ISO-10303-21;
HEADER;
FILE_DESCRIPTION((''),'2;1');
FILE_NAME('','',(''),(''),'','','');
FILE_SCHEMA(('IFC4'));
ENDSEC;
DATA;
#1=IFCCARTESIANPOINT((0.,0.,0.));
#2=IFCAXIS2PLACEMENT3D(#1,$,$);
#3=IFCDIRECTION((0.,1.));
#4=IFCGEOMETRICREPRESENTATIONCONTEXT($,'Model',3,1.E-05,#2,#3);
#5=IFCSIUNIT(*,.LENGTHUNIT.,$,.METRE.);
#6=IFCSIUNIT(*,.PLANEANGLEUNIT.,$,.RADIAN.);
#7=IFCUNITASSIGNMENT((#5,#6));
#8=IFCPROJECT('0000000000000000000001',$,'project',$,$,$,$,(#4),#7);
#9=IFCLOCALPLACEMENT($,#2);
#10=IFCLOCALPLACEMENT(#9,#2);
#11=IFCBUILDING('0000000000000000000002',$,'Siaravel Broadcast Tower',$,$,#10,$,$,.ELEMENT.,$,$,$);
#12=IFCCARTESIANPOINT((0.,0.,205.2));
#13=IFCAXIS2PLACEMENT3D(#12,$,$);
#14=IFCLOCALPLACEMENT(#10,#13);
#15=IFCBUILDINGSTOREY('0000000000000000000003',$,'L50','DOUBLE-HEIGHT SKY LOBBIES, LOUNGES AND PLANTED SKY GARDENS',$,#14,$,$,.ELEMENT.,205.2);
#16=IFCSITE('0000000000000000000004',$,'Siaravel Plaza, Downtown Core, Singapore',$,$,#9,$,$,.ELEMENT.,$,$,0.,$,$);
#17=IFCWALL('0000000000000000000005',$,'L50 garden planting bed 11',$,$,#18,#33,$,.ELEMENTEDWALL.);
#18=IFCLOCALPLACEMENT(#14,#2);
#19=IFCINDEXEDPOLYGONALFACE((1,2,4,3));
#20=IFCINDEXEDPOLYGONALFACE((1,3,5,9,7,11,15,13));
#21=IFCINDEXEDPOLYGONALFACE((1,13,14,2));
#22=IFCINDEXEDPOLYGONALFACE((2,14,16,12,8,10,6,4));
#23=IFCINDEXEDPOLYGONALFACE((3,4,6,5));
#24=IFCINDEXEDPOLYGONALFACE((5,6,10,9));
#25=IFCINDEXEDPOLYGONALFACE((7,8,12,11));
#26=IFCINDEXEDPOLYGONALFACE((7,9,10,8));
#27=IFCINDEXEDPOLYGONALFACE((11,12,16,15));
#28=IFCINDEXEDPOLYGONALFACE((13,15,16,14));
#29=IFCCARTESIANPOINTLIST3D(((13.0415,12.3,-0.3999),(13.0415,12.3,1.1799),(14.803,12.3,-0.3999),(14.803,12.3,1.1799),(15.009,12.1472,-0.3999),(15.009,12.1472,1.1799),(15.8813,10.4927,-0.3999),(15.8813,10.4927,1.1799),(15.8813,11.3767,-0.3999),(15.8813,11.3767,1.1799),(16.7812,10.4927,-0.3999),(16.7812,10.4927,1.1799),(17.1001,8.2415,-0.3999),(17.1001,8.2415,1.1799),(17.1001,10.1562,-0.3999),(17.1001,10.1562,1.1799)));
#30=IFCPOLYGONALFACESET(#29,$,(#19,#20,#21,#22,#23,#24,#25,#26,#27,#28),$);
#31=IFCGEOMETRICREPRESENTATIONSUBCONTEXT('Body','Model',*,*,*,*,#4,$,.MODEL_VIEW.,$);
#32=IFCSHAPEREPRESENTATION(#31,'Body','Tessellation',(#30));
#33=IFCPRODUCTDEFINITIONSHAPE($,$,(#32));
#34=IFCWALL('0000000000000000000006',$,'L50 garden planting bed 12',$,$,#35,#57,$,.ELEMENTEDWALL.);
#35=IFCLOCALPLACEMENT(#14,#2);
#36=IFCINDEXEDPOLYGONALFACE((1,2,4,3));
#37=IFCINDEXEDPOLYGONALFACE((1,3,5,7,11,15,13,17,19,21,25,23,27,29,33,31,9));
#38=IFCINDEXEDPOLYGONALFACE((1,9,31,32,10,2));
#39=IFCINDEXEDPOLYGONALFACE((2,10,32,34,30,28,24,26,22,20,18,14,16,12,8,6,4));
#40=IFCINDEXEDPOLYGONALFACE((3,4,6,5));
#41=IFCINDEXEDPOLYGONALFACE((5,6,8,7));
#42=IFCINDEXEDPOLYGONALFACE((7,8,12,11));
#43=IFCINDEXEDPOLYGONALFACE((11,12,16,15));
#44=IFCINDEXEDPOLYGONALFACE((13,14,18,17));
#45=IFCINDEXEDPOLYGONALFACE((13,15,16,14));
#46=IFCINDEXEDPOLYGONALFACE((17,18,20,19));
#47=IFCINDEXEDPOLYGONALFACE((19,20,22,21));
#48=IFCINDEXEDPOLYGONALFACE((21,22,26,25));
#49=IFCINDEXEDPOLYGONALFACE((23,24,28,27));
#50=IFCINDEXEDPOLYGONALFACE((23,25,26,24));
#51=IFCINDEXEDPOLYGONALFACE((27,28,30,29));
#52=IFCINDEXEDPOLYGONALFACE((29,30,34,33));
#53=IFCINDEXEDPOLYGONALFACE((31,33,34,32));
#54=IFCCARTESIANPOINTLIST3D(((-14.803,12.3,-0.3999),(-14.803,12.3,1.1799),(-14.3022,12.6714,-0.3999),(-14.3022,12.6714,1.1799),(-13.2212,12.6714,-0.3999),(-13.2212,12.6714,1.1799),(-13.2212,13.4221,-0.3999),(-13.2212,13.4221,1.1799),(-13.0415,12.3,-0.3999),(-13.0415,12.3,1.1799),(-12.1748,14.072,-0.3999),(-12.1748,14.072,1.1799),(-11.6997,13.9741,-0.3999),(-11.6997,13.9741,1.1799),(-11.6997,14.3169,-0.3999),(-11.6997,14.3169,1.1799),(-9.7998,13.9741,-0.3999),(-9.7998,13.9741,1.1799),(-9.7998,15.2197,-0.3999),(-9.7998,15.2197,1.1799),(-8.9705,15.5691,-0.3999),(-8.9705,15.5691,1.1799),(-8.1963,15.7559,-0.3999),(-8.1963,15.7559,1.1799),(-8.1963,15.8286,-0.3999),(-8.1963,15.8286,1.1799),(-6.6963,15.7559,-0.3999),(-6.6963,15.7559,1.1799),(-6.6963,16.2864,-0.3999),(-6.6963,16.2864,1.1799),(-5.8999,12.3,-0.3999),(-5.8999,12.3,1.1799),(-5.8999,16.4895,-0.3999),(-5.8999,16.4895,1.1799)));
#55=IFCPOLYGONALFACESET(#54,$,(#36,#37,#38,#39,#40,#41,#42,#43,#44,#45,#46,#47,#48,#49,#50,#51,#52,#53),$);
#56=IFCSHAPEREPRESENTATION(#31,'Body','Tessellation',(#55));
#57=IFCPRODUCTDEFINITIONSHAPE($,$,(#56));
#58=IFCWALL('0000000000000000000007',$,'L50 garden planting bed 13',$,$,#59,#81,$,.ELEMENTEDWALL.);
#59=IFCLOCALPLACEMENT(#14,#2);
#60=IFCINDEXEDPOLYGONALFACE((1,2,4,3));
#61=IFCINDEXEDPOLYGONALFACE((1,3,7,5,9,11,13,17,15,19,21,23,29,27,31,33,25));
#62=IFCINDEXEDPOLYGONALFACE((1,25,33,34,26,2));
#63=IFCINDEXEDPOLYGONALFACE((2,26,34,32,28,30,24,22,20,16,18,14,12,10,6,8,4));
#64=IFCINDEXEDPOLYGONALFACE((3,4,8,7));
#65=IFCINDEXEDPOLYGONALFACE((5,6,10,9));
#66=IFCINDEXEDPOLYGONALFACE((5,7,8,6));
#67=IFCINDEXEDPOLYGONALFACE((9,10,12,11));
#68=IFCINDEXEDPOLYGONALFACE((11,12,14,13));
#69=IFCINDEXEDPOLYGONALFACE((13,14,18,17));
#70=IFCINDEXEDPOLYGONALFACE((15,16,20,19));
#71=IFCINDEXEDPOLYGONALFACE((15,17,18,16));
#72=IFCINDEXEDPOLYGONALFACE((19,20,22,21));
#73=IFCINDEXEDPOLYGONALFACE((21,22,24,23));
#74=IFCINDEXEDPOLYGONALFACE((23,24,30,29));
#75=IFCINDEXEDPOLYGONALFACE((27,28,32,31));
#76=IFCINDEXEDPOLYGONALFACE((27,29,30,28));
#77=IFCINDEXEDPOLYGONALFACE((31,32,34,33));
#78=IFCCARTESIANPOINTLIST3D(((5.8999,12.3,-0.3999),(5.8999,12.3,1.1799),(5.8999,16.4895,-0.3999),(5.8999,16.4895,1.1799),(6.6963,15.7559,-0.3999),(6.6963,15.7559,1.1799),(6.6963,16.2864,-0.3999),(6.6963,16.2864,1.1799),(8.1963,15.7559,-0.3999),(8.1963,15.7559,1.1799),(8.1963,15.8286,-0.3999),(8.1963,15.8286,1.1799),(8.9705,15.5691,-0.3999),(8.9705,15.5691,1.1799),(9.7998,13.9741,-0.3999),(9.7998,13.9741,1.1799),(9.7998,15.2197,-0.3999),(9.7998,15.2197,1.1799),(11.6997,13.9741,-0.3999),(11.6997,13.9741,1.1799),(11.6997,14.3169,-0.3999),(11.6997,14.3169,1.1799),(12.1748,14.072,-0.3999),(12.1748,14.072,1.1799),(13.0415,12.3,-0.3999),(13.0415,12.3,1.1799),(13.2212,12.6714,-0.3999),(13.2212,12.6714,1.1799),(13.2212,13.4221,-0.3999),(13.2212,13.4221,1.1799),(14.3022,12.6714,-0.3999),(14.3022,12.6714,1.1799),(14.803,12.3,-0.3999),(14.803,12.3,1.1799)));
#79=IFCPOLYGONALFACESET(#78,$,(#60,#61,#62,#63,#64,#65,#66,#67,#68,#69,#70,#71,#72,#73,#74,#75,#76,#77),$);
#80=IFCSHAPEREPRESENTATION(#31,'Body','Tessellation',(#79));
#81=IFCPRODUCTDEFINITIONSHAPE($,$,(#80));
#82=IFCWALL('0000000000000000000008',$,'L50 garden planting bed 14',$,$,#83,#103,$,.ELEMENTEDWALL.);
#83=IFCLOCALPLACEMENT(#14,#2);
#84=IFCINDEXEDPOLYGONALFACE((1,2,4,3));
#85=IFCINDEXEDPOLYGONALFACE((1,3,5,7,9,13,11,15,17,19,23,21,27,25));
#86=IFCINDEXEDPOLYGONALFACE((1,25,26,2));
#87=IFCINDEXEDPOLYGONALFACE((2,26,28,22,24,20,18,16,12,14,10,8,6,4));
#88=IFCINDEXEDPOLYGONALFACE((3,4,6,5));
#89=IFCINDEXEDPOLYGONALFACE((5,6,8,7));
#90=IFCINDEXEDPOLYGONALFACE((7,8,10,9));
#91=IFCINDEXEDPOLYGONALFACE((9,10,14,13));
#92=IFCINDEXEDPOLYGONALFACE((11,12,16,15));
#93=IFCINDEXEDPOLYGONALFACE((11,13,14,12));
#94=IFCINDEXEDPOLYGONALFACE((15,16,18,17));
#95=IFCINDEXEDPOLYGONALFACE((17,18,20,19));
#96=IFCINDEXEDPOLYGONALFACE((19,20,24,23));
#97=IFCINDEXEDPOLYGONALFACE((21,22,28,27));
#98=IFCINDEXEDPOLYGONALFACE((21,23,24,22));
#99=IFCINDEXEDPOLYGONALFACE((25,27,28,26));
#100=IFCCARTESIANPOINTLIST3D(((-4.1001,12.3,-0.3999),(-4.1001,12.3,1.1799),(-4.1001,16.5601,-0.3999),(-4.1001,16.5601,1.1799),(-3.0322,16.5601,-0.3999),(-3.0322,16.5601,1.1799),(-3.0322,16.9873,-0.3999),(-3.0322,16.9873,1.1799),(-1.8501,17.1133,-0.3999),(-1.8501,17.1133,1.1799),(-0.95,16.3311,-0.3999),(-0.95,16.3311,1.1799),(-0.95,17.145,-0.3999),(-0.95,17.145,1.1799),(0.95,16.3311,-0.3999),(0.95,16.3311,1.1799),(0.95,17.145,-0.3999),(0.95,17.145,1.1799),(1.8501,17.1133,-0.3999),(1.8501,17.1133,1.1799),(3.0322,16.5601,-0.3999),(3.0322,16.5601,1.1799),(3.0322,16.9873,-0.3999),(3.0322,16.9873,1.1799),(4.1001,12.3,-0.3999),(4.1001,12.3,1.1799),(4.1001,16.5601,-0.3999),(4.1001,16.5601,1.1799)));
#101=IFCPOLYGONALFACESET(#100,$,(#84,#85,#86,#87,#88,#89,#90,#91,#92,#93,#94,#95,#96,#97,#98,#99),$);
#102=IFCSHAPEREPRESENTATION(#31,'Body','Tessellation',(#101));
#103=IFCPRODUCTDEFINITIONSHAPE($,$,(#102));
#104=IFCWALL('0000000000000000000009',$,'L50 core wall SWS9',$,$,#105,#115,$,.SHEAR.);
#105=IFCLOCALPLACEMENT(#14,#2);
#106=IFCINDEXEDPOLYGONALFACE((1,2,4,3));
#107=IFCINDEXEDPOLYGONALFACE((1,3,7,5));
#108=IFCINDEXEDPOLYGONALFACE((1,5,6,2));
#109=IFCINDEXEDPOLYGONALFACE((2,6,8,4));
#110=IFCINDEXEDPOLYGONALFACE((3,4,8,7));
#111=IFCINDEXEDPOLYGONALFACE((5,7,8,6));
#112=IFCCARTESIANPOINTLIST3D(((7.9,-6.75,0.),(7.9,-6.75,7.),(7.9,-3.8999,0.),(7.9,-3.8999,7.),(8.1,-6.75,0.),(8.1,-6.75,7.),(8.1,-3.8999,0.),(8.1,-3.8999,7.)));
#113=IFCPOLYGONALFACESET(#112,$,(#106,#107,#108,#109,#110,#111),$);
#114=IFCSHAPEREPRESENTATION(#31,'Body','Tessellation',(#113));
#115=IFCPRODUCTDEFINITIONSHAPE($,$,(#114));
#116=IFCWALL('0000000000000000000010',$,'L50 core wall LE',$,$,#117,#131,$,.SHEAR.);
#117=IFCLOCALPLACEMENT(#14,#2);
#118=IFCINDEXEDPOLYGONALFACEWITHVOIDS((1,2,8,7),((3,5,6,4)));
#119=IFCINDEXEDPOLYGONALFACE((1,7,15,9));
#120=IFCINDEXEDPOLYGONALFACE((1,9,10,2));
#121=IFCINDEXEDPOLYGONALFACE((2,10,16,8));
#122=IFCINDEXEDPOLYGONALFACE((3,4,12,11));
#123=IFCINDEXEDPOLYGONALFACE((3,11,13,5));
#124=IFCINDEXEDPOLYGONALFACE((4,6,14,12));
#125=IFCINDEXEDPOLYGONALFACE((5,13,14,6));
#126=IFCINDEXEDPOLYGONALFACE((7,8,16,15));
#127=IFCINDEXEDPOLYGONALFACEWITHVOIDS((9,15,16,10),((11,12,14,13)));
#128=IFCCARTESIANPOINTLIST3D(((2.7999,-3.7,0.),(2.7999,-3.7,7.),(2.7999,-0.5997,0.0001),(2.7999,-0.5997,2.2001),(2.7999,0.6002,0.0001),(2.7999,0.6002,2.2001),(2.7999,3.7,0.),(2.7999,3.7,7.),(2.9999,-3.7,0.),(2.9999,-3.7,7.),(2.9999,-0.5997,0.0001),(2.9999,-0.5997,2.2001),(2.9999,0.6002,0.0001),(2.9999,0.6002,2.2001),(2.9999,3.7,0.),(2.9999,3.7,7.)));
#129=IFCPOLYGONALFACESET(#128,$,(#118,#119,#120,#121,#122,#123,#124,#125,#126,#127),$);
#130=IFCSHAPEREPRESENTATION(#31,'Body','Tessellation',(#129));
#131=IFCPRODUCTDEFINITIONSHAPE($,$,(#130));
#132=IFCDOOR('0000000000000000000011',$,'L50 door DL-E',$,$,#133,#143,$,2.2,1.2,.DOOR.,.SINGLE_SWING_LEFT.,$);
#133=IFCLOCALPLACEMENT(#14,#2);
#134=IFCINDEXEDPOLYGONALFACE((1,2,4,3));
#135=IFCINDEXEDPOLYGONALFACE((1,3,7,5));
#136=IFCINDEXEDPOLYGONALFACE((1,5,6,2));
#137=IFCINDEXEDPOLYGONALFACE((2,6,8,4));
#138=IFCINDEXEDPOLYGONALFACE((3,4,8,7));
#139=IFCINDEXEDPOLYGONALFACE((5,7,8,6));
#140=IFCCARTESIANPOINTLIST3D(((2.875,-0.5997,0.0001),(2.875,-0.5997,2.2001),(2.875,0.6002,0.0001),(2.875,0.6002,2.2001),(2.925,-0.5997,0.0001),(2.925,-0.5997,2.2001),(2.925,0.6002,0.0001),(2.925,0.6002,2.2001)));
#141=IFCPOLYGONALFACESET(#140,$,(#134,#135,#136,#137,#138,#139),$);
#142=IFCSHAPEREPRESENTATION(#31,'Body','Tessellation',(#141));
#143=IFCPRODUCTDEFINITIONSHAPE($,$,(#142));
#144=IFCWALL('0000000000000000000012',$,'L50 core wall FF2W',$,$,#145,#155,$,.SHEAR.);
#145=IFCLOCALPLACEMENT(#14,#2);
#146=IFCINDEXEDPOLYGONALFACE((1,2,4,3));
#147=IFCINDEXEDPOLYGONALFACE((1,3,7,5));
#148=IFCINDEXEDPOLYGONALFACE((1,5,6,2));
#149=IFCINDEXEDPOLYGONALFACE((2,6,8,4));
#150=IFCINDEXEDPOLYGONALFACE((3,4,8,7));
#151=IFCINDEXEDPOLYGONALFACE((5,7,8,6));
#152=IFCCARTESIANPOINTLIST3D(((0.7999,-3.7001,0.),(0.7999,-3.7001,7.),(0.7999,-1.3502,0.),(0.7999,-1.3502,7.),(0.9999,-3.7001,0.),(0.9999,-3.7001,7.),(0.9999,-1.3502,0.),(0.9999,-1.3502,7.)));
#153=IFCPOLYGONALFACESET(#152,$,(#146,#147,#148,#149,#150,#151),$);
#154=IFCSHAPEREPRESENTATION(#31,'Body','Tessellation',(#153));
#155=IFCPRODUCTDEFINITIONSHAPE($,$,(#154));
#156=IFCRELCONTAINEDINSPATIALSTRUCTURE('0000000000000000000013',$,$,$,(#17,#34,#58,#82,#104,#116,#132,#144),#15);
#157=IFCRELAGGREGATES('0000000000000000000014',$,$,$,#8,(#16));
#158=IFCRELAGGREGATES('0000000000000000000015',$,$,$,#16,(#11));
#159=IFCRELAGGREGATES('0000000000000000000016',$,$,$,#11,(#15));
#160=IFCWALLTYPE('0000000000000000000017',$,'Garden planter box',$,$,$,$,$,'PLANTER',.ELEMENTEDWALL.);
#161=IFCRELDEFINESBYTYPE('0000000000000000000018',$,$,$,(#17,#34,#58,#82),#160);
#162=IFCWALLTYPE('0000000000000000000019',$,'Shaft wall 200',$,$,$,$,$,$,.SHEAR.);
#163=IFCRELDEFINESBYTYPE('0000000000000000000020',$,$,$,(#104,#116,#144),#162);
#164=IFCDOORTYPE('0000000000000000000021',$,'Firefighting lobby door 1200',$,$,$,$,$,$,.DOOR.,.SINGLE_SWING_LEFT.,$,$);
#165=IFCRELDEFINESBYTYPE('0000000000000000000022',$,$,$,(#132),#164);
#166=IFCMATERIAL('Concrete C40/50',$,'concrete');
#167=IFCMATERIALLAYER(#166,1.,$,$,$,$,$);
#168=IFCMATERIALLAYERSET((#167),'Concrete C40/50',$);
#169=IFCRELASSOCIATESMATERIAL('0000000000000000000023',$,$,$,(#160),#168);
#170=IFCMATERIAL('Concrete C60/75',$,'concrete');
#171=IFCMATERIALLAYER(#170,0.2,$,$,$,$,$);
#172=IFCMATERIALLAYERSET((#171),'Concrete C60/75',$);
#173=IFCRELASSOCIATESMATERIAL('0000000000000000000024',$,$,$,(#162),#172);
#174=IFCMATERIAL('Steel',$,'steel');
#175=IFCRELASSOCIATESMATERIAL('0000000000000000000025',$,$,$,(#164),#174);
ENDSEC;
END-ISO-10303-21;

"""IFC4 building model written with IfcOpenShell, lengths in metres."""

from ifc_helpers import new_model, si_unit, direction, frame, frame_2d, origin, place, context, subcontext, project, spatial, polyline, rectangle, outline, extrude, material, layer, layer_set, type_object, element, fill, save


model = new_model("IFC4")

# Units and contexts
model_context = context("Model", 3, precision=1e-05, world=origin(), true_north=direction((0.0, 1.0)))
body_context = subcontext(model_context, "Body", "Model", "MODEL_VIEW")
ifc_project = project(units=[si_unit("LENGTHUNIT", "METRE"), si_unit("PLANEANGLEUNIT", "RADIAN")], contexts=[model_context])

# Site, building, storey
site_placement = place(None, origin())
site = spatial("IfcSite", under=ifc_project, at=site_placement, Name="Siaravel Plaza, Downtown Core, Singapore", CompositionType="ELEMENT", RefElevation=0.0)
building_placement = place(site_placement, origin())
building = spatial("IfcBuilding", under=site, at=building_placement, Name="Siaravel Broadcast Tower", CompositionType="ELEMENT")
storey_placement = place(building_placement, frame((0.0, 0.0, 205.2)))
storey = spatial("IfcBuildingStorey", under=building, at=storey_placement, Name="L50", Description="DOUBLE-HEIGHT SKY LOBBIES, LOUNGES AND PLANTED SKY GARDENS", CompositionType="ELEMENT", Elevation=205.2)

# Shared definitions
ifc_material_1 = material(Name="Concrete C60/75", Category="concrete")

# Shared definitions
ifc_material_2 = material(Name="Concrete C40/50", Category="concrete")

# Walls
ifc_layer_1 = layer(ifc_material_2, 1.0)
ifc_layer_set_1 = layer_set([ifc_layer_1], Name="Concrete C40/50")
wall_type_1 = type_object("IfcWallType", Name="Garden planter box", ElementType="PLANTER", PredefinedType="ELEMENTEDWALL", material=ifc_layer_set_1)
wall_1_placement = place(storey_placement, frame((0.0, 0.0, -0.3999)))
element("IfcWall", 1, at=wall_1_placement, inside=storey, type_object=wall_type_1, Name="L50 garden planting bed 11", PredefinedType="ELEMENTEDWALL", context=body_context, shape_type="SweptSolid", body=[
    extrude(outline(polyline([(14.803, 12.3), (13.0415, 12.3), (17.1001, 8.2415), (17.1001, 10.1562), (16.7812, 10.4927), (15.8813, 10.4927), (15.8813, 11.3767), (15.009, 12.1472), (14.803, 12.3)])), origin(), (0.0, 0.0, 1.0), 1.5798),
])
wall_2_placement = place(storey_placement, frame((0.0, 0.0, -0.3999)))
element("IfcWall", 2, at=wall_2_placement, inside=storey, type_object=wall_type_1, Name="L50 garden planting bed 12", PredefinedType="ELEMENTEDWALL", context=body_context, shape_type="SweptSolid", body=[
    extrude(outline(polyline([(-14.803, 12.3), (-13.0415, 12.3), (-5.8999, 12.3), (-5.8999, 16.4895), (-6.6963, 16.2864), (-6.6963, 15.7559), (-8.1963, 15.7559), (-8.1963, 15.8286), (-8.9705, 15.5691), (-9.7998, 15.2197), (-9.7998, 13.9741), (-11.6997, 13.9741), (-11.6997, 14.3169), (-12.1748, 14.072), (-13.2212, 13.4221), (-13.2212, 12.6714), (-14.3022, 12.6714), (-14.803, 12.3)])), origin(), (0.0, 0.0, 1.0), 1.5798),
])
wall_3_placement = place(storey_placement, frame((0.0, 0.0, -0.3999)))
element("IfcWall", 3, at=wall_3_placement, inside=storey, type_object=wall_type_1, Name="L50 garden planting bed 13", PredefinedType="ELEMENTEDWALL", context=body_context, shape_type="SweptSolid", body=[
    extrude(outline(polyline([(8.9705, 15.5691), (8.1963, 15.8286), (8.1963, 15.7559), (6.6963, 15.7559), (6.6963, 16.2864), (5.8999, 16.4895), (5.8999, 12.3), (13.0415, 12.3), (14.803, 12.3), (14.3022, 12.6714), (13.2212, 12.6714), (13.2212, 13.4221), (12.1748, 14.072), (11.6997, 14.3169), (11.6997, 13.9741), (9.7998, 13.9741), (9.7998, 15.2197), (8.9705, 15.5691)])), origin(), (0.0, 0.0, 1.0), 1.5798),
])
wall_4_placement = place(storey_placement, frame((0.0, 0.0, -0.3999)))
element("IfcWall", 4, at=wall_4_placement, inside=storey, type_object=wall_type_1, Name="L50 garden planting bed 14", PredefinedType="ELEMENTEDWALL", context=body_context, shape_type="SweptSolid", body=[
    extrude(outline(polyline([(-1.8501, 17.1133), (-3.0322, 16.9873), (-3.0322, 16.5601), (-4.1001, 16.5601), (-4.1001, 12.3), (4.1001, 12.3), (4.1001, 16.5601), (3.0322, 16.5601), (3.0322, 16.9873), (1.8501, 17.1133), (0.95, 17.145), (0.95, 16.3311), (-0.95, 16.3311), (-0.95, 17.145), (-1.8501, 17.1133)])), origin(), (0.0, 0.0, 1.0), 1.5798),
])
ifc_layer_2 = layer(ifc_material_1, 0.2)
ifc_layer_set_2 = layer_set([ifc_layer_2], Name="Concrete C60/75")
wall_type_2 = type_object("IfcWallType", Name="Shaft wall 200", PredefinedType="SHEAR", material=ifc_layer_set_2)
wall_5_placement = place(storey_placement, frame((8.0, -6.75, 0.0), z_axis=(0.0, 0.0, 1.0), x_axis=(0.0, 1.0, 0.0)))
element("IfcWall", 5, at=wall_5_placement, inside=storey, type_object=wall_type_2, Name="L50 core wall SWS9", PredefinedType="SHEAR", context=body_context, shape_type="SweptSolid", body=[
    extrude(rectangle(XDim=2.8501, YDim=0.2, at=frame_2d((1.425, 0.0))), origin(), (0.0, 0.0, 1.0), 7.0),
])

# Wall, opening, door
wall_6_placement = place(storey_placement, frame((2.8999, -3.7, 0.0), z_axis=(0.0, 0.0, 1.0), x_axis=(0.0, 1.0, 0.0)))
wall_6 = element("IfcWall", 6, at=wall_6_placement, inside=storey, type_object=wall_type_2, Name="L50 core wall LE", PredefinedType="SHEAR", context=body_context, shape_type="SweptSolid", body=[
    extrude(rectangle(XDim=7.3999, YDim=0.2, at=frame_2d((3.7, 0.0))), origin(), (0.0, 0.0, 1.0), 7.0),
])
opening_1_placement = place(wall_6_placement, frame((3.1001, 0.0, 0.0)))
opening_1 = element("IfcOpeningElement", 7, at=opening_1_placement, cuts=wall_6, PredefinedType="OPENING", context=body_context, shape_type="SweptSolid", body=[
    extrude(rectangle(XDim=1.2, YDim=2.2, at=frame_2d((0.6001, 1.1001))), frame((0.0, 0.1099, 0.0), z_axis=(0.0, -1.0, 0.0), x_axis=(1.0, 0.0, 0.0)), (0.0, 0.0, 1.0), 0.22),
])
ifc_material_3 = material(Name="Steel", Category="steel")
door_type_1 = type_object("IfcDoorType", Name="Firefighting lobby door 1200", OperationType="SINGLE_SWING_LEFT", PredefinedType="DOOR", material=ifc_material_3)
door_1_placement = place(opening_1_placement, origin())
door_1 = element("IfcDoor", 8, at=door_1_placement, inside=storey, type_object=door_type_1, Name="L50 door DL-E", OperationType="SINGLE_SWING_LEFT", OverallHeight=2.2, OverallWidth=1.2, PredefinedType="DOOR", context=body_context, shape_type="SweptSolid", body=[
    extrude(rectangle(XDim=1.2, YDim=2.2, at=frame_2d((0.6001, 1.1001))), frame((0.0, 0.0249, 0.0), z_axis=(0.0, -1.0, 0.0), x_axis=(1.0, 0.0, 0.0)), (0.0, 0.0, 1.0), 0.05),
])
fill(opening_1, door_1)

# Wall
wall_7_placement = place(storey_placement, frame((0.8999, -3.7, 0.0), z_axis=(0.0, 0.0, 1.0), x_axis=(0.0, 1.0, 0.0)))
element("IfcWall", 9, at=wall_7_placement, inside=storey, type_object=wall_type_2, Name="L50 core wall FF2W", PredefinedType="SHEAR", context=body_context, shape_type="SweptSolid", body=[
    extrude(rectangle(XDim=2.3499, YDim=0.2, at=frame_2d((1.1748, 0.0))), origin(), (0.0, 0.0, 1.0), 7.0),
])

save(model, "model.ifc")
